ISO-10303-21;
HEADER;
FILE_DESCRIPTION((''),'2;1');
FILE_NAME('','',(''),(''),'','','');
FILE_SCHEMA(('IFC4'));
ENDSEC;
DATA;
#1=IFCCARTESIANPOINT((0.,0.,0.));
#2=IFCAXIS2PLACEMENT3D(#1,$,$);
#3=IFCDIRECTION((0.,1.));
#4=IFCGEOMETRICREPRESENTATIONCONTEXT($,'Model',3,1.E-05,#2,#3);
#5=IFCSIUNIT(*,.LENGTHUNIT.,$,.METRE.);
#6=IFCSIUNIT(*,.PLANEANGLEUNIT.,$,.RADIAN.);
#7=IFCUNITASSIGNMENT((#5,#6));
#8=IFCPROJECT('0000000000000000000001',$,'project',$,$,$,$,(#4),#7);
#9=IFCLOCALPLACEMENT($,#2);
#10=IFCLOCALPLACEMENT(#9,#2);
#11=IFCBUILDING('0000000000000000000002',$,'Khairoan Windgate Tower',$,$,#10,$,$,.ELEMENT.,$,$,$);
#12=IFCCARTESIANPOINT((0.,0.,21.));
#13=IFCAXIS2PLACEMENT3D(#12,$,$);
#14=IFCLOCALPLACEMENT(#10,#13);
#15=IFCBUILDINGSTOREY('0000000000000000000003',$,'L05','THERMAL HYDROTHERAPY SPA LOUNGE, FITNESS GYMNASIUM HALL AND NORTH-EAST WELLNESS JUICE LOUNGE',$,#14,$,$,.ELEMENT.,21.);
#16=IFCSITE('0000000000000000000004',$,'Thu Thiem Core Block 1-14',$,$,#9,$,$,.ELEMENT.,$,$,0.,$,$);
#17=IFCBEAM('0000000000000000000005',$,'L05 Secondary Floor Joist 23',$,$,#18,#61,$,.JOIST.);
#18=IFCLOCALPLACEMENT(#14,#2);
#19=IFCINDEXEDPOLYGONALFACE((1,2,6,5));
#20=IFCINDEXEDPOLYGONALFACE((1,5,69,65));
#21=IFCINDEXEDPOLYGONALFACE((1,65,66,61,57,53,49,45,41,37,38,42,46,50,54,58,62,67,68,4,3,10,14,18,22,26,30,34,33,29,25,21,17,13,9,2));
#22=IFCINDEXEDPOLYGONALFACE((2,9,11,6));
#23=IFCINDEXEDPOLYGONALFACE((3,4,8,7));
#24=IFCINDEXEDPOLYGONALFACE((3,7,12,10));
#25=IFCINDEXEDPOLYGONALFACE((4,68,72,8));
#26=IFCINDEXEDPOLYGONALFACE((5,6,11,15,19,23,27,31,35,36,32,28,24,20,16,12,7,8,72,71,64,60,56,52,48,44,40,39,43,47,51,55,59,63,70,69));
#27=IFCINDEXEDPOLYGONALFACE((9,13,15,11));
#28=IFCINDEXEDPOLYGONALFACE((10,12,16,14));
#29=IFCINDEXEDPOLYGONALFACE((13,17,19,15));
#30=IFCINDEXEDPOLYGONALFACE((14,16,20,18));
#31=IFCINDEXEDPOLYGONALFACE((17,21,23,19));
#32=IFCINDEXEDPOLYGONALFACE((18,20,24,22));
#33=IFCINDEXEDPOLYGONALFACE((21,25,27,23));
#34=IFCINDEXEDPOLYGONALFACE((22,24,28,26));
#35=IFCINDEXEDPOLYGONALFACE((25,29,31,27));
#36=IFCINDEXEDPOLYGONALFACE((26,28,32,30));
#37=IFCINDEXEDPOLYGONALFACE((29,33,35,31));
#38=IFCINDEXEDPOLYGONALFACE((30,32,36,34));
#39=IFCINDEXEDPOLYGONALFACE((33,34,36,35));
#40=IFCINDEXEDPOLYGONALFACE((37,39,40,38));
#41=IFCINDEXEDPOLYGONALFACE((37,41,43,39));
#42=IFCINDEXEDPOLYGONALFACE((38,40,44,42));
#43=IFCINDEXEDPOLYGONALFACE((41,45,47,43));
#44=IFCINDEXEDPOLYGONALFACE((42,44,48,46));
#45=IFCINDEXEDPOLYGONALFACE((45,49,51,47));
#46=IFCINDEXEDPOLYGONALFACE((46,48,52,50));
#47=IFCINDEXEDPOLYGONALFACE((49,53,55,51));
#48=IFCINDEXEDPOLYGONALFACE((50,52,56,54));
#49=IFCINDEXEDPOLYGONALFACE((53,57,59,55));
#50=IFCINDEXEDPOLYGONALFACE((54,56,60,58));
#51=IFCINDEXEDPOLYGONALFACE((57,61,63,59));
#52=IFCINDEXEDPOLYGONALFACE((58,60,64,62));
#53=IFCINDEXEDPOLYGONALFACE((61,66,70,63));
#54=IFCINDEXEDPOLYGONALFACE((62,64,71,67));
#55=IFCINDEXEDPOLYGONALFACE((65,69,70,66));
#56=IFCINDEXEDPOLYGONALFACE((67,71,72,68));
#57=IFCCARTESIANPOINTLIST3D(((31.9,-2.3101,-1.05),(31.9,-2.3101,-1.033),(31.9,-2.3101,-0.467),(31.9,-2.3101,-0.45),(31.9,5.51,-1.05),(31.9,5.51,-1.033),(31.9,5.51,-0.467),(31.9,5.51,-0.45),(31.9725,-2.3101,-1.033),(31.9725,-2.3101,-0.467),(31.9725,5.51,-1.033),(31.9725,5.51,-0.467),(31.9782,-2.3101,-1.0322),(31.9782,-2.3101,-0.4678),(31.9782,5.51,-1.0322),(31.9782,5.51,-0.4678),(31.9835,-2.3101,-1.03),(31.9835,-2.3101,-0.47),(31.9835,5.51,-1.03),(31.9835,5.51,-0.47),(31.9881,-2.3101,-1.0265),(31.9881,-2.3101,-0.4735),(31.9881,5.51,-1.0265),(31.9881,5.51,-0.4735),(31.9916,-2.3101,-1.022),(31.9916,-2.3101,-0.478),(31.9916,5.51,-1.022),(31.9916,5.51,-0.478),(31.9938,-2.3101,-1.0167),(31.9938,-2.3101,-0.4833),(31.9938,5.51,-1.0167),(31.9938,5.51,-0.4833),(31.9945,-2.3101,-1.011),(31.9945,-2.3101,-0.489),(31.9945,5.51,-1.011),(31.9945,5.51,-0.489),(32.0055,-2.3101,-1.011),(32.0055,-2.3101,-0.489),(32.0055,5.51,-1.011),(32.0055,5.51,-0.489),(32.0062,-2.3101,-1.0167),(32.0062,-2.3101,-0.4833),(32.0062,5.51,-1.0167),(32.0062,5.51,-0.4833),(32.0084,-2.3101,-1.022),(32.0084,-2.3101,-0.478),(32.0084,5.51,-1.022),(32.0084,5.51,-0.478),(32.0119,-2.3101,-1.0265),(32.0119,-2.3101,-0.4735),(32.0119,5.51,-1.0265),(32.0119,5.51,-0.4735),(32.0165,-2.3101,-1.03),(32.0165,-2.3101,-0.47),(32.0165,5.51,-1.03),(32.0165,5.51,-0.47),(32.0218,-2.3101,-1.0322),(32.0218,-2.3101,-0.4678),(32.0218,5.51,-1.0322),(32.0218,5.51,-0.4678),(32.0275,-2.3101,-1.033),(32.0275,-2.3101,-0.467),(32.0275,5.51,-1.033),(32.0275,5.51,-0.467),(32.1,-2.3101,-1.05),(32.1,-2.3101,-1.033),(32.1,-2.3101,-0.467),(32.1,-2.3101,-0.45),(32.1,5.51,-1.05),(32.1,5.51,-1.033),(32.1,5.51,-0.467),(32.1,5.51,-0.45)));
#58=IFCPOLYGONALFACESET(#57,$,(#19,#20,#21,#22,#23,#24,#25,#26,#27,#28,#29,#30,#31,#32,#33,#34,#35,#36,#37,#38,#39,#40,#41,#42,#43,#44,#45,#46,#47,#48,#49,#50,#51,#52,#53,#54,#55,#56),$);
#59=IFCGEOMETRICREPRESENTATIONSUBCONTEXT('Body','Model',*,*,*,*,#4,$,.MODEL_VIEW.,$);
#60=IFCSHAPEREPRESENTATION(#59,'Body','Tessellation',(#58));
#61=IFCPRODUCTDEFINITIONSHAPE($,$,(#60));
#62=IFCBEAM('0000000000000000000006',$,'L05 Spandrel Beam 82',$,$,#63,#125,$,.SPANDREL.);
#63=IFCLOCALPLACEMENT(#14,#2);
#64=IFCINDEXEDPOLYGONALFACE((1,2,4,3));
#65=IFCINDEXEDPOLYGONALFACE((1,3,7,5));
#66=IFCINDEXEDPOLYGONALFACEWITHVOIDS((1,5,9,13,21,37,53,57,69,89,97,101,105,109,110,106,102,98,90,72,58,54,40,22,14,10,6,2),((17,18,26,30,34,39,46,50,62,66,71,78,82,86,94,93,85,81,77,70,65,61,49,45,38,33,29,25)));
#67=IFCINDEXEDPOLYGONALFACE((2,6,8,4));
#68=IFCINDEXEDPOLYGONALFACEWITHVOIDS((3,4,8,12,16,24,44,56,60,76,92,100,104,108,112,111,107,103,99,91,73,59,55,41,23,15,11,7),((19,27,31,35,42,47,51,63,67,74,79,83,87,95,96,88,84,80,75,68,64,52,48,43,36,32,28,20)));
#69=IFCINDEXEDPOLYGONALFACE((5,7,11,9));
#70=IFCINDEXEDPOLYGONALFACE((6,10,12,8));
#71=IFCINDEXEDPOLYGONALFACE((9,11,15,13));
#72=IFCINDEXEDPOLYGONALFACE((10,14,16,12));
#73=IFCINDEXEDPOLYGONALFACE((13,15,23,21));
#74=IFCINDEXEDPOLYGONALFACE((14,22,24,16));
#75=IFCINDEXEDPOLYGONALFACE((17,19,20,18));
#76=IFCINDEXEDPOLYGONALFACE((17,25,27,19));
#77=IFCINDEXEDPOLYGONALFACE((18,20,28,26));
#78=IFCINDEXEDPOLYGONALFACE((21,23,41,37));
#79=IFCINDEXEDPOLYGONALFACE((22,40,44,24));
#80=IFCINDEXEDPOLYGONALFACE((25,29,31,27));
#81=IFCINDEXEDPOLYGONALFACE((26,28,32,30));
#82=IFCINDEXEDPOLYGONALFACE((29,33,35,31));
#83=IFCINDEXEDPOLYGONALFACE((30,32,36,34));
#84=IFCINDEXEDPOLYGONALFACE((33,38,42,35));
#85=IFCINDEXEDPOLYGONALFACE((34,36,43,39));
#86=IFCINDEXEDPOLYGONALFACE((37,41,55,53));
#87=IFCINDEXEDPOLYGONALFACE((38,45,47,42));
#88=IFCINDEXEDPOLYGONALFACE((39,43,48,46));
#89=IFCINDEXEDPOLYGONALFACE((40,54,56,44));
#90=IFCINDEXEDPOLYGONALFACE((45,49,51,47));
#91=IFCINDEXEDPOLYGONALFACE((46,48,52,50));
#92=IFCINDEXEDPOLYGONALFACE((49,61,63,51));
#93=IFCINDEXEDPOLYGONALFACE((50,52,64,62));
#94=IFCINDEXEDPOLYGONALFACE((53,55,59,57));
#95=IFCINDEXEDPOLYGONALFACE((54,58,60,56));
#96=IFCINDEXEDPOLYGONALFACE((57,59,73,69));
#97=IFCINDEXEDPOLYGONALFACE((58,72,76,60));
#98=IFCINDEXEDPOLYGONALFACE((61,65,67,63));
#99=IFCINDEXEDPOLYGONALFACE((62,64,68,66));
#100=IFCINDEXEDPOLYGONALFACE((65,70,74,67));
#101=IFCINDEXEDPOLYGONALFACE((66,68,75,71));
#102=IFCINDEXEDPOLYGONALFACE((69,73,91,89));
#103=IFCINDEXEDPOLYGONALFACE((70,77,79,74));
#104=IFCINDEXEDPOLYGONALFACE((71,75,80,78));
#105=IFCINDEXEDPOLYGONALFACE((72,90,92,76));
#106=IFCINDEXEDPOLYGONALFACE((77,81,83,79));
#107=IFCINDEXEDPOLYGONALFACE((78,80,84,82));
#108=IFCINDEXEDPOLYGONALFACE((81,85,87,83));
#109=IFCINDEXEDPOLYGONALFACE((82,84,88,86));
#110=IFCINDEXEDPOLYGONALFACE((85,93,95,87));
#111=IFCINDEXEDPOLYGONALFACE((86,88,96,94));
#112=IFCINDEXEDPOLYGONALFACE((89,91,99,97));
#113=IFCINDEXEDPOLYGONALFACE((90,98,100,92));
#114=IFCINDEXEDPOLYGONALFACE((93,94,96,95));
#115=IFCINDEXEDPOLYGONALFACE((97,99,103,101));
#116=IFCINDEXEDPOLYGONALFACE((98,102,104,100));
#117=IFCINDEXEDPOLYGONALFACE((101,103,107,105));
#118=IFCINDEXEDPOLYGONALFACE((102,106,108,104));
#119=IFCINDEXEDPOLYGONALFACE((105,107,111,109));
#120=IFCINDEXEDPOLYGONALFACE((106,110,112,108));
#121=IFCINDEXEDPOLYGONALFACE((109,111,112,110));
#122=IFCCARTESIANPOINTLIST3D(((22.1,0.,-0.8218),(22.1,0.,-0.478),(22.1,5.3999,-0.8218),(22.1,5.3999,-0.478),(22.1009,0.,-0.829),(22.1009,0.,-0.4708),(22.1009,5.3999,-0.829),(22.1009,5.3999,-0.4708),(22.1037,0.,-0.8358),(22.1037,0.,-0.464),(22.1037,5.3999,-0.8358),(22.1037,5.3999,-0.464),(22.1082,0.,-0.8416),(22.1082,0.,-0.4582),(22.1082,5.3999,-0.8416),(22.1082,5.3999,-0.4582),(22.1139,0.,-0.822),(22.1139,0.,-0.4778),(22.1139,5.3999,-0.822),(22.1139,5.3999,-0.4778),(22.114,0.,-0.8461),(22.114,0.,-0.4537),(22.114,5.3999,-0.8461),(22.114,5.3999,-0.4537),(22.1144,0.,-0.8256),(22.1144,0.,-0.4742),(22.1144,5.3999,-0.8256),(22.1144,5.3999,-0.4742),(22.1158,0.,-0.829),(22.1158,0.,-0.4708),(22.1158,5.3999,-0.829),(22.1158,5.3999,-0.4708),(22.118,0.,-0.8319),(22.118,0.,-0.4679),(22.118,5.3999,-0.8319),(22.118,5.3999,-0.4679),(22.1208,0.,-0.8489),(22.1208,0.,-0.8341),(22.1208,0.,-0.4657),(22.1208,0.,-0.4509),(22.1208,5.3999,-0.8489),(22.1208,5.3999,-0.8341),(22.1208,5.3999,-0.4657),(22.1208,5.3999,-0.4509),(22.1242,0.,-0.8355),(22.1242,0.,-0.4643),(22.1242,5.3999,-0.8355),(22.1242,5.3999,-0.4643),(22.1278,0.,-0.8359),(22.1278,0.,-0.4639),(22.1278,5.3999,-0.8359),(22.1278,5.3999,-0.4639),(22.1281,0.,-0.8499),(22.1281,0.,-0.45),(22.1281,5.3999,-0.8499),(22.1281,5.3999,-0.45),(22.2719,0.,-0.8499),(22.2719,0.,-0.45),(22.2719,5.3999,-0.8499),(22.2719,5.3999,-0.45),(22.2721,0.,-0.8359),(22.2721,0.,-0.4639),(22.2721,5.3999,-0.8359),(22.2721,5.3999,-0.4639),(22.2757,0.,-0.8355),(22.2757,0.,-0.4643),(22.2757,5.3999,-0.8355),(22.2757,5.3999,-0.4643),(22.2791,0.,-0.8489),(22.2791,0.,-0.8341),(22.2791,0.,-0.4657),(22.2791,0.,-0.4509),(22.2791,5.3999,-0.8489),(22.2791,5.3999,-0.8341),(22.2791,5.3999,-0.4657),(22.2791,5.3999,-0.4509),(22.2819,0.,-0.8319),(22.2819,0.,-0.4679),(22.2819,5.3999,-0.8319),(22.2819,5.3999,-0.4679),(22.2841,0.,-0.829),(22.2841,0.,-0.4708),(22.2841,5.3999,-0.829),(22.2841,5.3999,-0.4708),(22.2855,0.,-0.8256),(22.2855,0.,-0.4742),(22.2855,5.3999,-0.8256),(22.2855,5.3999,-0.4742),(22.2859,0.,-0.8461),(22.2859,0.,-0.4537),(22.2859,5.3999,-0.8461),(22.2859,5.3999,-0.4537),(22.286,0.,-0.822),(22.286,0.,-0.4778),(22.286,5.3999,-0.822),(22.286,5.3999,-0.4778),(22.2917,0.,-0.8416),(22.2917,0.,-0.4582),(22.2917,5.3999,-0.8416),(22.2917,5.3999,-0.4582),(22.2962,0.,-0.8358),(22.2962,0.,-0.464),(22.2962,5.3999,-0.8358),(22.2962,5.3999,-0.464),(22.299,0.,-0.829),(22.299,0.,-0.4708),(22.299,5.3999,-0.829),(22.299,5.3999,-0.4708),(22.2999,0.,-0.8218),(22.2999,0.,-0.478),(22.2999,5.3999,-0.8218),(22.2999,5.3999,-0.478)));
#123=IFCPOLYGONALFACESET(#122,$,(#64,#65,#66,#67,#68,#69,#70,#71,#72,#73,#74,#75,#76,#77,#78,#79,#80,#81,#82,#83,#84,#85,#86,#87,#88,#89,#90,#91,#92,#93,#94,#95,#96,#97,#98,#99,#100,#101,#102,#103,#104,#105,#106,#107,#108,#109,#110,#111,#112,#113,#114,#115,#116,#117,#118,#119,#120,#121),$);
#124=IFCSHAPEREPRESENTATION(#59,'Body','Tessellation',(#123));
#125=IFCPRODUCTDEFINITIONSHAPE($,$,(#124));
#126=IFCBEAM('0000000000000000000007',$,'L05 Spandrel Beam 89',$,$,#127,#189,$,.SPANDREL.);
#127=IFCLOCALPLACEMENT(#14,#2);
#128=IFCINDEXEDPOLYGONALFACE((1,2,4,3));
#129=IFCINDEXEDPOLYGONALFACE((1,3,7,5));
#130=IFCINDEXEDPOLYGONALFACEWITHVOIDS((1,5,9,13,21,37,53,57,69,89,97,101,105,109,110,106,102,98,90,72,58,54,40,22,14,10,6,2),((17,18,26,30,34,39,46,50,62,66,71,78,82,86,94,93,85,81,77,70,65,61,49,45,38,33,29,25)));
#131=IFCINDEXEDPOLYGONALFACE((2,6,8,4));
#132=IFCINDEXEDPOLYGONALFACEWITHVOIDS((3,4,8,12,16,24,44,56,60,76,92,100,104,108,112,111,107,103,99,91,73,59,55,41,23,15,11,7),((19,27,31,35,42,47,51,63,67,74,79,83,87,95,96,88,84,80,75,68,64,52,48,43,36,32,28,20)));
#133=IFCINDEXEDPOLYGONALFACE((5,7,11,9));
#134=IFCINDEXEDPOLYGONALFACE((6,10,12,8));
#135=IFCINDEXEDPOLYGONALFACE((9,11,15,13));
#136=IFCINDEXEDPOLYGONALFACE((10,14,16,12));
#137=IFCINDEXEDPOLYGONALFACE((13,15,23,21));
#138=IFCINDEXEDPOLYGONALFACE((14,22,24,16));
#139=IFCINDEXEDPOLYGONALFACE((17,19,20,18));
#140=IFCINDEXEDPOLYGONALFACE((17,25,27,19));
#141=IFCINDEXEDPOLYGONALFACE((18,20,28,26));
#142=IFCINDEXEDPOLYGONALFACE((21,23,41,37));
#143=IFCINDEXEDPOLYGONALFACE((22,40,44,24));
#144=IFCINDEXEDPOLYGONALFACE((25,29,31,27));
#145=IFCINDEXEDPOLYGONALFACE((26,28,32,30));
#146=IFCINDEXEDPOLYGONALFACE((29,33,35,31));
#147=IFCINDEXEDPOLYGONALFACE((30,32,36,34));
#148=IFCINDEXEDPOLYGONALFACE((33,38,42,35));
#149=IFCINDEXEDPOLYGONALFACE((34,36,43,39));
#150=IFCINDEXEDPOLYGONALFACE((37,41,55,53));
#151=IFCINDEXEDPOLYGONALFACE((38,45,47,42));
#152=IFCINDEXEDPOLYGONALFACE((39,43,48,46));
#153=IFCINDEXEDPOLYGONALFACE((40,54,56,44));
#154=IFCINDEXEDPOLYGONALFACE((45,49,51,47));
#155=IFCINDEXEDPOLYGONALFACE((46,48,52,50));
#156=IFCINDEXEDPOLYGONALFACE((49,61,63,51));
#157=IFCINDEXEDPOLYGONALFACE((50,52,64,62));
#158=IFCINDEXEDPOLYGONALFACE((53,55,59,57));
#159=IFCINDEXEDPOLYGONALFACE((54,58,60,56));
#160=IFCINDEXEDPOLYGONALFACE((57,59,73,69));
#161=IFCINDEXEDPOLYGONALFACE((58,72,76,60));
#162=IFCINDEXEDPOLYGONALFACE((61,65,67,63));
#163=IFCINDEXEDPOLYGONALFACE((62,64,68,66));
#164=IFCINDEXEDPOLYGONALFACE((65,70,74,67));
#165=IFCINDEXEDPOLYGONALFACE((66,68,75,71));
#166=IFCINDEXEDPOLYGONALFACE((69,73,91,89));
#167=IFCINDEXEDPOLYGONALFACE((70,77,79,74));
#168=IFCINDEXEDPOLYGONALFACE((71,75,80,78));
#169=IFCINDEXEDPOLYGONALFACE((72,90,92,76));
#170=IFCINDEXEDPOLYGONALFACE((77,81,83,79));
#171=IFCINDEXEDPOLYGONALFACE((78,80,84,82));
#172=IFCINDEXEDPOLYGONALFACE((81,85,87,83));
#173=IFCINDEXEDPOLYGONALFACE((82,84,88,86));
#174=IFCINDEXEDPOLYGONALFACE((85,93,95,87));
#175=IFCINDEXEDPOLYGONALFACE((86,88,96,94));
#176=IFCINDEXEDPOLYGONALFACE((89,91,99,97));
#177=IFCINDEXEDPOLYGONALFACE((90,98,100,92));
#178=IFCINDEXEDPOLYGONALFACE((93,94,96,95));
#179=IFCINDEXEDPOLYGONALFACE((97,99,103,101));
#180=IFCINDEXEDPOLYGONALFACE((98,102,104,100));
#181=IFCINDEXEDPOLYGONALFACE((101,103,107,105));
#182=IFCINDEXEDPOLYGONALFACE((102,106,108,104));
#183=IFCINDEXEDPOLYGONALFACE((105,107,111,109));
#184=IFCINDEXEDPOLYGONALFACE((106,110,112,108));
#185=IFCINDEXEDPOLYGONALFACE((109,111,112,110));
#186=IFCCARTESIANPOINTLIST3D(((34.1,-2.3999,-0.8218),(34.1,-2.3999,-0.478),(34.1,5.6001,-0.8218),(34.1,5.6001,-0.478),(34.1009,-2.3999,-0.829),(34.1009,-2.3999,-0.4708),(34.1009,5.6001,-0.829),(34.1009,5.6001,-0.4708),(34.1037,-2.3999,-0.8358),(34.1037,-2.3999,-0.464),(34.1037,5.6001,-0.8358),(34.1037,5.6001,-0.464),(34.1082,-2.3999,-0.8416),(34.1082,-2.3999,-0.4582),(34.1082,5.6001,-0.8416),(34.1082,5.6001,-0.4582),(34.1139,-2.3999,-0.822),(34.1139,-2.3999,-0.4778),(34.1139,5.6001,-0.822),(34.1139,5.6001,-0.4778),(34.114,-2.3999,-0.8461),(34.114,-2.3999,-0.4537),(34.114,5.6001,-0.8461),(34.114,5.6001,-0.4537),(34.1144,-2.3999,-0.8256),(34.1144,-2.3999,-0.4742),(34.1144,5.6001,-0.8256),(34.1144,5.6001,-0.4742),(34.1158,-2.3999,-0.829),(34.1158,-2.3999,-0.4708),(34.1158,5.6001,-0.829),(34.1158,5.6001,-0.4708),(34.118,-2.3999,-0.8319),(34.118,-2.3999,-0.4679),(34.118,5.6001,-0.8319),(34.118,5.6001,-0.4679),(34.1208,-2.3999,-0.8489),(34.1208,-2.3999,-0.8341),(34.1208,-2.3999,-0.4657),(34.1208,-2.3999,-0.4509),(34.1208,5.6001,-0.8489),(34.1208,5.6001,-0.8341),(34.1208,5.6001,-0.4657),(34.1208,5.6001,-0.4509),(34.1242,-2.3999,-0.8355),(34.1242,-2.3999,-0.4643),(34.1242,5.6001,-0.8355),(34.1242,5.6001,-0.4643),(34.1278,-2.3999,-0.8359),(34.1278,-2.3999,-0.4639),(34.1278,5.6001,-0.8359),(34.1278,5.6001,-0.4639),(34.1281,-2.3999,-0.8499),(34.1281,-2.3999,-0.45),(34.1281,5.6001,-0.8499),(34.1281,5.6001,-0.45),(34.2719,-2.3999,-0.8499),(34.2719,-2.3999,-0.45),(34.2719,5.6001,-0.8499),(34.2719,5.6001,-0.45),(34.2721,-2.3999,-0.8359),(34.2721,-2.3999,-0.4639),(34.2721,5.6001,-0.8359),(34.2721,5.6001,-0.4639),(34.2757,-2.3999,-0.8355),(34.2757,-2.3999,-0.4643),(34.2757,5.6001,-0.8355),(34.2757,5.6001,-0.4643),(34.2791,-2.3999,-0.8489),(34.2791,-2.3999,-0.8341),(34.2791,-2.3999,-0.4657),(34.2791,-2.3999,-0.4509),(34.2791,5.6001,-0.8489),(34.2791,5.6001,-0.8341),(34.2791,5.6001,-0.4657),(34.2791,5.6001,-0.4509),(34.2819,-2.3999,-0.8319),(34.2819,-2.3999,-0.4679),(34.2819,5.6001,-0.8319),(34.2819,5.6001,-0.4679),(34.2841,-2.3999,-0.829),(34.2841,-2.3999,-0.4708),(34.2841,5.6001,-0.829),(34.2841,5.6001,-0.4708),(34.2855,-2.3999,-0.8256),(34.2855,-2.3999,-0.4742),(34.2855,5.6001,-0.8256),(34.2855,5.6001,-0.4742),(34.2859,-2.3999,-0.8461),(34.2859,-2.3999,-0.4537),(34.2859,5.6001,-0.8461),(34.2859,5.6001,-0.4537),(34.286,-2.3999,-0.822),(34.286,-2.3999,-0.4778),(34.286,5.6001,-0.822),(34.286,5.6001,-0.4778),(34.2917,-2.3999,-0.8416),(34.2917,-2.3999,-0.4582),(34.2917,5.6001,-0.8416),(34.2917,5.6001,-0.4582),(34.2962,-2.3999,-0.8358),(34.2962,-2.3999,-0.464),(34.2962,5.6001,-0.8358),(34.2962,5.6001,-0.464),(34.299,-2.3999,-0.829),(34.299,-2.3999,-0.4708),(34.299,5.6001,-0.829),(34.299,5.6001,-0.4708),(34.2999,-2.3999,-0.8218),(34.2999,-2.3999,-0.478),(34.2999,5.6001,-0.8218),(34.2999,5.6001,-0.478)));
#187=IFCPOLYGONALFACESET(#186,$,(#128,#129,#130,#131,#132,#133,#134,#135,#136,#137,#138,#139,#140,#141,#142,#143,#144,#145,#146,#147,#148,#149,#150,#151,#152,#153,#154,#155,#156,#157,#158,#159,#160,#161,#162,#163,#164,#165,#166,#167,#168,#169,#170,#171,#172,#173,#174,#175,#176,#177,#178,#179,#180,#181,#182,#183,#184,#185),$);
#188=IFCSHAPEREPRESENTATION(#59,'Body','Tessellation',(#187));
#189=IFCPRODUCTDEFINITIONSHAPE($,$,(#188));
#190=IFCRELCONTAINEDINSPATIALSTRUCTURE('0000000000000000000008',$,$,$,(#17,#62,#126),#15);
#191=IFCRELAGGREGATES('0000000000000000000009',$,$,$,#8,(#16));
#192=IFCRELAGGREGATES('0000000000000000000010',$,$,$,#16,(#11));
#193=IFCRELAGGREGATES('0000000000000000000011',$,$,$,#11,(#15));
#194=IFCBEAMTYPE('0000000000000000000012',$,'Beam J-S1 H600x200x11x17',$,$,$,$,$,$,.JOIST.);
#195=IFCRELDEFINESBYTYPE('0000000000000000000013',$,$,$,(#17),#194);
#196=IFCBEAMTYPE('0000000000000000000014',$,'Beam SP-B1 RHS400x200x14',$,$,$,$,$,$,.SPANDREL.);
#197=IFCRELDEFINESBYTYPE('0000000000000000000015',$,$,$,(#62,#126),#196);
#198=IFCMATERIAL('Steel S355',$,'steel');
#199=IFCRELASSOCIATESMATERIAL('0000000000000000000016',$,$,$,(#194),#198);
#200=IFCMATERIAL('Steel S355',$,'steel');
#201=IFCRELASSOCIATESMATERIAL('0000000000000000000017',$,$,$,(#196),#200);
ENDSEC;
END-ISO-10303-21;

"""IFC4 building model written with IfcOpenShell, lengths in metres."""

from ifc_helpers import new_model, si_unit, direction, frame, origin, origin_2d, place, context, subcontext, project, spatial, hollow_rectangle, i_section, extrude, material, material_profile, profile_set, type_object, element, save


model = new_model("IFC4")

# Units and contexts
model_context = context("Model", 3, precision=1e-05, world=origin(), true_north=direction((0.0, 1.0)))
body_context = subcontext(model_context, "Body", "Model", "MODEL_VIEW")
ifc_project = project(units=[si_unit("LENGTHUNIT", "METRE"), si_unit("PLANEANGLEUNIT", "RADIAN")], contexts=[model_context])

# Site, building, storey
site_placement = place(None, origin())
site = spatial("IfcSite", under=ifc_project, at=site_placement, Name="Thu Thiem Core Block 1-14", CompositionType="ELEMENT", RefElevation=0.0)
building_placement = place(site_placement, origin())
building = spatial("IfcBuilding", under=site, at=building_placement, Name="Khairoan Windgate Tower", CompositionType="ELEMENT")
storey_placement = place(building_placement, frame((0.0, 0.0, 21.0)))
storey = spatial("IfcBuildingStorey", under=building, at=storey_placement, Name="L05", Description="THERMAL HYDROTHERAPY SPA LOUNGE, FITNESS GYMNASIUM HALL AND NORTH-EAST WELLNESS JUICE LOUNGE", CompositionType="ELEMENT", Elevation=21.0)

# Beams
ifc_material_1 = material(Name="Steel S355", Category="steel")
ifc_material_profile_1 = material_profile(ifc_material_1, i_section(OverallWidth=0.2, OverallDepth=0.6001, WebThickness=0.011, FlangeThickness=0.0171, FilletRadius=0.022, at=origin_2d()))
ifc_profile_set_1 = profile_set([ifc_material_profile_1], Name="Steel S355")
beam_type_1 = type_object("IfcBeamType", Name="Beam J-S1 H600x200x11x17", PredefinedType="JOIST", material=ifc_profile_set_1)
beam_1_placement = place(storey_placement, frame((32.0, -2.3101, -0.75), z_axis=(0.0, 1.0, 0.0), x_axis=(-1.0, 0.0, 0.0)))
element("IfcBeam", 1, at=beam_1_placement, inside=storey, type_object=beam_type_1, Name="L05 Secondary Floor Joist 23", PredefinedType="JOIST", context=body_context, shape_type="SweptSolid", body=[
    extrude(i_section(OverallWidth=0.2, OverallDepth=0.6001, WebThickness=0.011, FlangeThickness=0.0171, FilletRadius=0.022, at=origin_2d()), origin(), (0.0, 0.0, 1.0), 7.8201),
])
ifc_material_2 = material(Name="Steel S355", Category="steel")
ifc_material_profile_2 = material_profile(ifc_material_2, hollow_rectangle(XDim=0.2, YDim=0.3999, WallThickness=0.0139, InnerFilletRadius=0.0139, OuterFilletRadius=0.0281, at=origin_2d()))
ifc_profile_set_2 = profile_set([ifc_material_profile_2], Name="Steel S355")
beam_type_2 = type_object("IfcBeamType", Name="Beam SP-B1 RHS400x200x14", PredefinedType="SPANDREL", material=ifc_profile_set_2)
beam_2_placement = place(storey_placement, frame((22.2, 0.0, -0.6499), z_axis=(0.0, 1.0, 0.0), x_axis=(-1.0, 0.0, 0.0)))
element("IfcBeam", 2, at=beam_2_placement, inside=storey, type_object=beam_type_2, Name="L05 Spandrel Beam 82", PredefinedType="SPANDREL", context=body_context, shape_type="SweptSolid", body=[
    extrude(hollow_rectangle(XDim=0.2, YDim=0.3999, WallThickness=0.0139, InnerFilletRadius=0.0139, OuterFilletRadius=0.0281, at=origin_2d()), origin(), (0.0, 0.0, 1.0), 5.3999),
])
beam_3_placement = place(storey_placement, frame((34.2, -2.3999, -0.6499), z_axis=(0.0, 1.0, 0.0), x_axis=(-1.0, 0.0, 0.0)))
element("IfcBeam", 3, at=beam_3_placement, inside=storey, type_object=beam_type_2, Name="L05 Spandrel Beam 89", PredefinedType="SPANDREL", context=body_context, shape_type="SweptSolid", body=[
    extrude(hollow_rectangle(XDim=0.2, YDim=0.3999, WallThickness=0.0139, InnerFilletRadius=0.0139, OuterFilletRadius=0.0281, at=origin_2d()), origin(), (0.0, 0.0, 1.0), 8.0),
])

save(model, "model.ifc")
